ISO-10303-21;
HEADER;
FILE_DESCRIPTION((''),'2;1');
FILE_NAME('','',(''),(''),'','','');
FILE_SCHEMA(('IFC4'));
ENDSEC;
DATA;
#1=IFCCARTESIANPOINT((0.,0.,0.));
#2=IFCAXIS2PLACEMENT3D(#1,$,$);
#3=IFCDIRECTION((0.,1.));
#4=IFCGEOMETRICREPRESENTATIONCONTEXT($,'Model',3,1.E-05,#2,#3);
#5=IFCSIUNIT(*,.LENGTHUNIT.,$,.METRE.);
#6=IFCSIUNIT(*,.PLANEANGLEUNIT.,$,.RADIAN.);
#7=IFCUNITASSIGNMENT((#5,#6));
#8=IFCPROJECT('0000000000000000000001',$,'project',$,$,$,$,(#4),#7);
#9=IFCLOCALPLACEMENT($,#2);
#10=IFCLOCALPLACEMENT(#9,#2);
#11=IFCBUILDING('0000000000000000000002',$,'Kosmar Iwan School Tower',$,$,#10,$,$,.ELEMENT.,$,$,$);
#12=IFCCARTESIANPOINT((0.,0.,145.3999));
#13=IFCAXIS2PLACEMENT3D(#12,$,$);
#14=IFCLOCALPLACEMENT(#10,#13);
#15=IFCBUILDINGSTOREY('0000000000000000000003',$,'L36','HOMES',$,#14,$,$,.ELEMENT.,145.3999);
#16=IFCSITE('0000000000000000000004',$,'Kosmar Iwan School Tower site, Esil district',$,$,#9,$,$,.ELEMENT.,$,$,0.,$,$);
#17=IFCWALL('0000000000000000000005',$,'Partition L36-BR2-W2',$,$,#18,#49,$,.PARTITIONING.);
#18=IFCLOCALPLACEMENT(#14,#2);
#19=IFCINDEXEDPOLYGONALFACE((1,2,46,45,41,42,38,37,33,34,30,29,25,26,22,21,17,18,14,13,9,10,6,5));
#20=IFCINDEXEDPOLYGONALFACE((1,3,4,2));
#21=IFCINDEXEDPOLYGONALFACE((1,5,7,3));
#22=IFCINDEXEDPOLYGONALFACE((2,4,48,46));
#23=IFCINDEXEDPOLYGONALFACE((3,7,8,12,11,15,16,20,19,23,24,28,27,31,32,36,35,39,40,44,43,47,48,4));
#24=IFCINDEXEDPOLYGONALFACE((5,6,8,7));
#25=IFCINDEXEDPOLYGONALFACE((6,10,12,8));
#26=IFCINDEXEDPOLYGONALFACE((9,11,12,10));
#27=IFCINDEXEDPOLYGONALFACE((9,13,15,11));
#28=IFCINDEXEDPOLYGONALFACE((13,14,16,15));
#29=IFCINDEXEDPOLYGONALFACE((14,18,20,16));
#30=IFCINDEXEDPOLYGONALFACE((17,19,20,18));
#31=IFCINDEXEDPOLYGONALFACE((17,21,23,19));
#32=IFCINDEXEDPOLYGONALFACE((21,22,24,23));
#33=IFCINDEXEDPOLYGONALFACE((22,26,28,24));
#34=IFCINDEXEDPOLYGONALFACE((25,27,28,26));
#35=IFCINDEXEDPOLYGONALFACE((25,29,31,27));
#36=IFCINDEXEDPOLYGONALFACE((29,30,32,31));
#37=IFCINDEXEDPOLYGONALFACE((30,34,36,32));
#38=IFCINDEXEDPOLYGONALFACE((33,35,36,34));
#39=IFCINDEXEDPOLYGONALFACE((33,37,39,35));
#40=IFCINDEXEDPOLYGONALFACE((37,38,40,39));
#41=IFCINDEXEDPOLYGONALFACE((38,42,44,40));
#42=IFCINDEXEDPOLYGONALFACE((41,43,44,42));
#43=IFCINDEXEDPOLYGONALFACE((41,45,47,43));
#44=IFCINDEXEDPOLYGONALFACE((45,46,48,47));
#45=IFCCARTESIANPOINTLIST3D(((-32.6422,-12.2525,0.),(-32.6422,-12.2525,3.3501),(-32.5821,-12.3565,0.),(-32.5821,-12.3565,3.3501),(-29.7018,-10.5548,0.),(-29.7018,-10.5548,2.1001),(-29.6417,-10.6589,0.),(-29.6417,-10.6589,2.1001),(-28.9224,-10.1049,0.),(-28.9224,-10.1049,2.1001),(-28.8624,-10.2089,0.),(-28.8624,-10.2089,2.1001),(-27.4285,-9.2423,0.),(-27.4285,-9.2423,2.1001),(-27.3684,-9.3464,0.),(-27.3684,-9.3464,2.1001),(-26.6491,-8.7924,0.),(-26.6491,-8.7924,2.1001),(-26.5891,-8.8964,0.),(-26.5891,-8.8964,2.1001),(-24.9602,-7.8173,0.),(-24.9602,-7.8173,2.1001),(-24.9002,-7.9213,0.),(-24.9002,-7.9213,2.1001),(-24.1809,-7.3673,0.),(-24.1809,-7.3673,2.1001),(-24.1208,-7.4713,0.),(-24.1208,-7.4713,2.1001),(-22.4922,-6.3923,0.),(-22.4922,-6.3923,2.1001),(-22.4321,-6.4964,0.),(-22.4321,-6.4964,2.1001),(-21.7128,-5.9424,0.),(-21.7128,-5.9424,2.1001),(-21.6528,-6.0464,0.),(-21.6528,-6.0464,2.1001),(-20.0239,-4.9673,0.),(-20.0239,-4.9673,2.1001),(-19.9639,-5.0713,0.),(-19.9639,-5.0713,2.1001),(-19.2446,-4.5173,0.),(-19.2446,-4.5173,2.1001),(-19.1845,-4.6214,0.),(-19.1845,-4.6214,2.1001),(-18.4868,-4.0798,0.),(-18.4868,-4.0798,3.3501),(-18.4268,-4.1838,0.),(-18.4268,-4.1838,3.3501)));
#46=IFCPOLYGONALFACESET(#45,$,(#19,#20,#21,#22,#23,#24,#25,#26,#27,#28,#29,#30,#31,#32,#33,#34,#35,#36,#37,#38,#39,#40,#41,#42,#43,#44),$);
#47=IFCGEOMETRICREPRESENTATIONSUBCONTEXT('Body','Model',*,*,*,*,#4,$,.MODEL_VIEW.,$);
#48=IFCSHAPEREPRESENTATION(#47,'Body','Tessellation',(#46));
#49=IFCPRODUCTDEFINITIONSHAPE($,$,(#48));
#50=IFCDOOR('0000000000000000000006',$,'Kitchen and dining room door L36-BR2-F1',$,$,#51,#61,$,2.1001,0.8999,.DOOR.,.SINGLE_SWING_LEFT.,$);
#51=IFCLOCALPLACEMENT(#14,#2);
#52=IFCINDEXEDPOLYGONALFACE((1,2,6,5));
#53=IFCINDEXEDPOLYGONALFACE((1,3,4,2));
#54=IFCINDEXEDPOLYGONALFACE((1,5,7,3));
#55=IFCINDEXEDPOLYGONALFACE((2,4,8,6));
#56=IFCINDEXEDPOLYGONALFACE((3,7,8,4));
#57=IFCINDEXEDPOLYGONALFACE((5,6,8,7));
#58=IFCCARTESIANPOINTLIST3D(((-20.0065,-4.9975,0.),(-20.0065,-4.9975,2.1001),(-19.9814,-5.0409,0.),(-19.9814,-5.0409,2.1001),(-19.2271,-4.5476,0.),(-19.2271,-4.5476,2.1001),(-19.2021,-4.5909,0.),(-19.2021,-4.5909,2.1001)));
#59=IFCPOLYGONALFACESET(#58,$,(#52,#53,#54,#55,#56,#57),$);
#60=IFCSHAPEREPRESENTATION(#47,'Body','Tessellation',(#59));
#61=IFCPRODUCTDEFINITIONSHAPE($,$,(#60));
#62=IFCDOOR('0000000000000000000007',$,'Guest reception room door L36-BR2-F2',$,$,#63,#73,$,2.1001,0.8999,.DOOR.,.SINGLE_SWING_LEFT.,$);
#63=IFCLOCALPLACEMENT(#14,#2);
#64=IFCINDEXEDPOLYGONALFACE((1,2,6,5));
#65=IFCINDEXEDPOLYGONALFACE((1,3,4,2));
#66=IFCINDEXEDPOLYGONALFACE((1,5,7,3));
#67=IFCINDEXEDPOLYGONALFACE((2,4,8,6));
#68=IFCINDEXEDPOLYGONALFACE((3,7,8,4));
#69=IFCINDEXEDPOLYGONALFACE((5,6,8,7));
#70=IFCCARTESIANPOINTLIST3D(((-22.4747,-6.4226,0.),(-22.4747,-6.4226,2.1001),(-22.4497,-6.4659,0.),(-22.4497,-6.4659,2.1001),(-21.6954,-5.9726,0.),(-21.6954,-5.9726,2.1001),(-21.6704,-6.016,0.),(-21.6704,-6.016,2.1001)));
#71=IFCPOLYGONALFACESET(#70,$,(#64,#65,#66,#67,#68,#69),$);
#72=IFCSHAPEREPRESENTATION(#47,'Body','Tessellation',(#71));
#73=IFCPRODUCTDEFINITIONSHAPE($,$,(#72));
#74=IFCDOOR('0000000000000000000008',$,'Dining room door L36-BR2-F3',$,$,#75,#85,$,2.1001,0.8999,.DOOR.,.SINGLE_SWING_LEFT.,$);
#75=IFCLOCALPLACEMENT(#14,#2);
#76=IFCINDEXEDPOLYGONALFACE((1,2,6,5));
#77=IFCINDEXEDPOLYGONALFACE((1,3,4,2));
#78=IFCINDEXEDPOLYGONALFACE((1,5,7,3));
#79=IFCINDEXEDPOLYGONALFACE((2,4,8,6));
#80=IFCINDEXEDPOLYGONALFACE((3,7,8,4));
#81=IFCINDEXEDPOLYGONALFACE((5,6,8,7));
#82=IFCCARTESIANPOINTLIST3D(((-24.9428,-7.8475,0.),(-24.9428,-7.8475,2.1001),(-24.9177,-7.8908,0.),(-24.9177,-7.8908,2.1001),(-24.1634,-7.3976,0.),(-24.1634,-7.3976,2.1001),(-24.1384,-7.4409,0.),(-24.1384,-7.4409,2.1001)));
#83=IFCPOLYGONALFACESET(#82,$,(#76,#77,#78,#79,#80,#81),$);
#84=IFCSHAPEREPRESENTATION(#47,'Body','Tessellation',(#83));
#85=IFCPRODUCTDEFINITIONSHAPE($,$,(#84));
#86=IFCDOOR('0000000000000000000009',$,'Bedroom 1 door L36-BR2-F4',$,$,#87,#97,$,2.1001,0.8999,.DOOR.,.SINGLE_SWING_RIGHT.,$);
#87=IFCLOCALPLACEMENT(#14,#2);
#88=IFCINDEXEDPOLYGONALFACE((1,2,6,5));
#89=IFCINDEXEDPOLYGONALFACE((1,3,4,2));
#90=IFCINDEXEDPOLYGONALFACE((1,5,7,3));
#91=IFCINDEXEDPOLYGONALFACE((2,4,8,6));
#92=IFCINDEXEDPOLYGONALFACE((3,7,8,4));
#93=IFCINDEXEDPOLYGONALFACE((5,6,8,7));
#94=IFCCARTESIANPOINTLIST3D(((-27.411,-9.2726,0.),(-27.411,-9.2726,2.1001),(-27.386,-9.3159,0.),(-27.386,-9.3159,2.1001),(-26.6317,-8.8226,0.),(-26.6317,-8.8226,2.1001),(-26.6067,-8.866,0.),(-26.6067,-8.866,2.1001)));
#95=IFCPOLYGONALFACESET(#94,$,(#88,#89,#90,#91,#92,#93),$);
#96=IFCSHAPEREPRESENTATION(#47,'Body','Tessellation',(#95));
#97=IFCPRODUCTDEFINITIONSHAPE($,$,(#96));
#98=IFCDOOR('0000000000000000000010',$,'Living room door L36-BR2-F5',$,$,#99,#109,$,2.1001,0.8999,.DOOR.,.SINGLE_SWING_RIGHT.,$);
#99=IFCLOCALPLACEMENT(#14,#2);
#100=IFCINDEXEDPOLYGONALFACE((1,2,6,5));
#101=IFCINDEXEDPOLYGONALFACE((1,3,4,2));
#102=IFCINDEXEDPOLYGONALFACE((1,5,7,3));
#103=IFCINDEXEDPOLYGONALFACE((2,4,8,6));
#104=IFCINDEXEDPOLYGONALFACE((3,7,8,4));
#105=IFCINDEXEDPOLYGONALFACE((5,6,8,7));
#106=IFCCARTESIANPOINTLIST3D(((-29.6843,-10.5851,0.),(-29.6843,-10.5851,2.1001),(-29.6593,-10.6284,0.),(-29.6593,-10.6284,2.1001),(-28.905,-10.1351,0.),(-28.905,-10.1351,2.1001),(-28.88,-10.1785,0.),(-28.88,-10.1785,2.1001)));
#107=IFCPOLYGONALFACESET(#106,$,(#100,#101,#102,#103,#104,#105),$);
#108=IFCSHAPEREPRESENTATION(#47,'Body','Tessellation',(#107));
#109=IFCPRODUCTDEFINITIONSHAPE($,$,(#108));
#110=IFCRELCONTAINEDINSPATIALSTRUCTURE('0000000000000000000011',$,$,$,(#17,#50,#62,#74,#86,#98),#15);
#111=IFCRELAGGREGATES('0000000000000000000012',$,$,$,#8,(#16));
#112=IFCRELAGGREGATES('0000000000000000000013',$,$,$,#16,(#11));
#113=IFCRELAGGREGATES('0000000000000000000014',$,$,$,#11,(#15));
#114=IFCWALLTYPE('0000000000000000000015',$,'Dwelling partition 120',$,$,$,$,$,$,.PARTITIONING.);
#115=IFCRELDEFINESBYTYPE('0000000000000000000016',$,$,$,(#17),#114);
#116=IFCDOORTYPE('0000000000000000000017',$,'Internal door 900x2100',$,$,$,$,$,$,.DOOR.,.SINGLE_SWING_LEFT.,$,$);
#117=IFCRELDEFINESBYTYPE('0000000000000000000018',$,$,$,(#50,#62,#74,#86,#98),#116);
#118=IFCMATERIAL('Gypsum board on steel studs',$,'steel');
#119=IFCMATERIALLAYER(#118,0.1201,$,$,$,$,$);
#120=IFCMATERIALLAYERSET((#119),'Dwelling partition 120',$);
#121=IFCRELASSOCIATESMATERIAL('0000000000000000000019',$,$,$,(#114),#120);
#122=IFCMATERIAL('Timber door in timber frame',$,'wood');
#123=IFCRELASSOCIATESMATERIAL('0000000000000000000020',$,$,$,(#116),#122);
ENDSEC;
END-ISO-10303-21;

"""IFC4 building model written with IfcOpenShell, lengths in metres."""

from ifc_helpers import new_model, si_unit, direction, frame, frame_2d, origin, place, context, subcontext, project, spatial, rectangle, extrude, material, layer, layer_set, type_object, element, fill, save


model = new_model("IFC4")

# Units and contexts
model_context = context("Model", 3, precision=1e-05, world=origin(), true_north=direction((0.0, 1.0)))
body_context = subcontext(model_context, "Body", "Model", "MODEL_VIEW")
ifc_project = project(units=[si_unit("LENGTHUNIT", "METRE"), si_unit("PLANEANGLEUNIT", "RADIAN")], contexts=[model_context])

# Site, building, storey
site_placement = place(None, origin())
site = spatial("IfcSite", under=ifc_project, at=site_placement, Name="Kosmar Iwan School Tower site, Esil district", CompositionType="ELEMENT", RefElevation=0.0)
building_placement = place(site_placement, origin())
building = spatial("IfcBuilding", under=site, at=building_placement, Name="Kosmar Iwan School Tower", CompositionType="ELEMENT")
storey_placement = place(building_placement, frame((0.0, 0.0, 145.3999)))
storey = spatial("IfcBuildingStorey", under=building, at=storey_placement, Name="L36", Description="HOMES", CompositionType="ELEMENT", Elevation=145.3999)

# Shared definitions
ifc_material_1 = material(Name="Gypsum board on steel studs", Category="steel")
ifc_layer = layer(ifc_material_1, 0.1201)
ifc_layer_set = layer_set([ifc_layer], Name="Dwelling partition 120")
wall_type = type_object("IfcWallType", Name="Dwelling partition 120", PredefinedType="PARTITIONING", material=ifc_layer_set)

# Wall, openings, doors
ifc_material_2 = material(Name="Timber door in timber frame", Category="wood")
door_type_1 = type_object("IfcDoorType", Name="Internal door 900x2100", OperationType="SINGLE_SWING_LEFT", PredefinedType="DOOR", material=ifc_material_2)
wall_1_placement = place(storey_placement, frame((-18.4568, -4.1318, 0.0), z_axis=(0.0, 0.0, 1.0), x_axis=(-0.866024, -0.500003, 0.0)))
wall_1 = element("IfcWall", 1, at=wall_1_placement, inside=storey, type_object=wall_type, Name="Partition L36-BR2-W2", PredefinedType="PARTITIONING", context=body_context, shape_type="SweptSolid", body=[
    extrude(rectangle(XDim=16.3452, YDim=0.1201, at=frame_2d((8.1726, 0.0))), origin(), (0.0, 0.0, 1.0), 3.3501),
])
opening_1_placement = place(wall_1_placement, frame((0.875, 0.0, 0.0)))
opening_1 = element("IfcOpeningElement", 2, at=opening_1_placement, cuts=wall_1, PredefinedType="OPENING", context=body_context, shape_type="SweptSolid", body=[
    extrude(rectangle(XDim=0.8999, YDim=2.1001, at=frame_2d((0.45, 1.05))), frame((0.0, 0.072, 0.0), z_axis=(0.0, -1.0, 0.0), x_axis=(1.0, 0.0, 0.0)), (0.0, 0.0, 1.0), 0.144),
])
opening_2_placement = place(wall_1_placement, frame((3.7251, 0.0, 0.0)))
opening_2 = element("IfcOpeningElement", 3, at=opening_2_placement, cuts=wall_1, PredefinedType="OPENING", context=body_context, shape_type="SweptSolid", body=[
    extrude(rectangle(XDim=0.8999, YDim=2.1001, at=frame_2d((0.45, 1.05))), frame((0.0, 0.072, 0.0), z_axis=(0.0, -1.0, 0.0), x_axis=(1.0, 0.0, 0.0)), (0.0, 0.0, 1.0), 0.144),
])
opening_3_placement = place(wall_1_placement, frame((6.575, 0.0, 0.0)))
opening_3 = element("IfcOpeningElement", 4, at=opening_3_placement, cuts=wall_1, PredefinedType="OPENING", context=body_context, shape_type="SweptSolid", body=[
    extrude(rectangle(XDim=0.8999, YDim=2.1001, at=frame_2d((0.45, 1.05))), frame((0.0, 0.072, 0.0), z_axis=(0.0, -1.0, 0.0), x_axis=(1.0, 0.0, 0.0)), (0.0, 0.0, 1.0), 0.144),
])
opening_4_placement = place(wall_1_placement, frame((9.425, 0.0, 0.0)))
opening_4 = element("IfcOpeningElement", 5, at=opening_4_placement, cuts=wall_1, PredefinedType="OPENING", context=body_context, shape_type="SweptSolid", body=[
    extrude(rectangle(XDim=0.8999, YDim=2.1001, at=frame_2d((0.45, 1.05))), frame((0.0, 0.072, 0.0), z_axis=(0.0, -1.0, 0.0), x_axis=(1.0, 0.0, 0.0)), (0.0, 0.0, 1.0), 0.144),
])
opening_5_placement = place(wall_1_placement, frame((12.05, 0.0, 0.0)))
opening_5 = element("IfcOpeningElement", 6, at=opening_5_placement, cuts=wall_1, PredefinedType="OPENING", context=body_context, shape_type="SweptSolid", body=[
    extrude(rectangle(XDim=0.8999, YDim=2.1001, at=frame_2d((0.45, 1.05))), frame((0.0, 0.072, 0.0), z_axis=(0.0, -1.0, 0.0), x_axis=(1.0, 0.0, 0.0)), (0.0, 0.0, 1.0), 0.144),
])
door_1_placement = place(opening_1_placement, origin())
door_1 = element("IfcDoor", 7, at=door_1_placement, inside=storey, type_object=door_type_1, Name="Kitchen and dining room door L36-BR2-F1", OperationType="SINGLE_SWING_LEFT", OverallHeight=2.1001, OverallWidth=0.8999, PredefinedType="DOOR", context=body_context, shape_type="SweptSolid", body=[
    extrude(rectangle(XDim=0.8999, YDim=2.1001, at=frame_2d((0.45, 1.05))), frame((0.0, 0.0249, 0.0), z_axis=(0.0, -1.0, 0.0), x_axis=(1.0, 0.0, 0.0)), (0.0, 0.0, 1.0), 0.05),
])
fill(opening_1, door_1)
door_2_placement = place(opening_2_placement, origin())
door_2 = element("IfcDoor", 8, at=door_2_placement, inside=storey, type_object=door_type_1, Name="Guest reception room door L36-BR2-F2", OperationType="SINGLE_SWING_LEFT", OverallHeight=2.1001, OverallWidth=0.8999, PredefinedType="DOOR", context=body_context, shape_type="SweptSolid", body=[
    extrude(rectangle(XDim=0.8999, YDim=2.1001, at=frame_2d((0.45, 1.05))), frame((0.0, 0.0249, 0.0), z_axis=(0.0, -1.0, 0.0), x_axis=(1.0, 0.0, 0.0)), (0.0, 0.0, 1.0), 0.05),
])
fill(opening_2, door_2)
door_3_placement = place(opening_3_placement, origin())
door_3 = element("IfcDoor", 9, at=door_3_placement, inside=storey, type_object=door_type_1, Name="Dining room door L36-BR2-F3", OperationType="SINGLE_SWING_LEFT", OverallHeight=2.1001, OverallWidth=0.8999, PredefinedType="DOOR", context=body_context, shape_type="SweptSolid", body=[
    extrude(rectangle(XDim=0.8999, YDim=2.1001, at=frame_2d((0.45, 1.05))), frame((0.0, 0.0249, 0.0), z_axis=(0.0, -1.0, 0.0), x_axis=(1.0, 0.0, 0.0)), (0.0, 0.0, 1.0), 0.05),
])
fill(opening_3, door_3)
door_4_placement = place(opening_4_placement, origin())
door_4 = element("IfcDoor", 10, at=door_4_placement, inside=storey, type_object=door_type_1, Name="Bedroom 1 door L36-BR2-F4", OperationType="SINGLE_SWING_RIGHT", OverallHeight=2.1001, OverallWidth=0.8999, PredefinedType="DOOR", context=body_context, shape_type="SweptSolid", body=[
    extrude(rectangle(XDim=0.8999, YDim=2.1001, at=frame_2d((0.45, 1.05))), frame((0.0, 0.0249, 0.0), z_axis=(0.0, -1.0, 0.0), x_axis=(1.0, 0.0, 0.0)), (0.0, 0.0, 1.0), 0.05),
])
fill(opening_4, door_4)
door_5_placement = place(opening_5_placement, origin())
door_5 = element("IfcDoor", 11, at=door_5_placement, inside=storey, type_object=door_type_1, Name="Living room door L36-BR2-F5", OperationType="SINGLE_SWING_RIGHT", OverallHeight=2.1001, OverallWidth=0.8999, PredefinedType="DOOR", context=body_context, shape_type="SweptSolid", body=[
    extrude(rectangle(XDim=0.8999, YDim=2.1001, at=frame_2d((0.45, 1.05))), frame((0.0, 0.0249, 0.0), z_axis=(0.0, -1.0, 0.0), x_axis=(1.0, 0.0, 0.0)), (0.0, 0.0, 1.0), 0.05),
])
fill(opening_5, door_5)

save(model, "model.ifc")
